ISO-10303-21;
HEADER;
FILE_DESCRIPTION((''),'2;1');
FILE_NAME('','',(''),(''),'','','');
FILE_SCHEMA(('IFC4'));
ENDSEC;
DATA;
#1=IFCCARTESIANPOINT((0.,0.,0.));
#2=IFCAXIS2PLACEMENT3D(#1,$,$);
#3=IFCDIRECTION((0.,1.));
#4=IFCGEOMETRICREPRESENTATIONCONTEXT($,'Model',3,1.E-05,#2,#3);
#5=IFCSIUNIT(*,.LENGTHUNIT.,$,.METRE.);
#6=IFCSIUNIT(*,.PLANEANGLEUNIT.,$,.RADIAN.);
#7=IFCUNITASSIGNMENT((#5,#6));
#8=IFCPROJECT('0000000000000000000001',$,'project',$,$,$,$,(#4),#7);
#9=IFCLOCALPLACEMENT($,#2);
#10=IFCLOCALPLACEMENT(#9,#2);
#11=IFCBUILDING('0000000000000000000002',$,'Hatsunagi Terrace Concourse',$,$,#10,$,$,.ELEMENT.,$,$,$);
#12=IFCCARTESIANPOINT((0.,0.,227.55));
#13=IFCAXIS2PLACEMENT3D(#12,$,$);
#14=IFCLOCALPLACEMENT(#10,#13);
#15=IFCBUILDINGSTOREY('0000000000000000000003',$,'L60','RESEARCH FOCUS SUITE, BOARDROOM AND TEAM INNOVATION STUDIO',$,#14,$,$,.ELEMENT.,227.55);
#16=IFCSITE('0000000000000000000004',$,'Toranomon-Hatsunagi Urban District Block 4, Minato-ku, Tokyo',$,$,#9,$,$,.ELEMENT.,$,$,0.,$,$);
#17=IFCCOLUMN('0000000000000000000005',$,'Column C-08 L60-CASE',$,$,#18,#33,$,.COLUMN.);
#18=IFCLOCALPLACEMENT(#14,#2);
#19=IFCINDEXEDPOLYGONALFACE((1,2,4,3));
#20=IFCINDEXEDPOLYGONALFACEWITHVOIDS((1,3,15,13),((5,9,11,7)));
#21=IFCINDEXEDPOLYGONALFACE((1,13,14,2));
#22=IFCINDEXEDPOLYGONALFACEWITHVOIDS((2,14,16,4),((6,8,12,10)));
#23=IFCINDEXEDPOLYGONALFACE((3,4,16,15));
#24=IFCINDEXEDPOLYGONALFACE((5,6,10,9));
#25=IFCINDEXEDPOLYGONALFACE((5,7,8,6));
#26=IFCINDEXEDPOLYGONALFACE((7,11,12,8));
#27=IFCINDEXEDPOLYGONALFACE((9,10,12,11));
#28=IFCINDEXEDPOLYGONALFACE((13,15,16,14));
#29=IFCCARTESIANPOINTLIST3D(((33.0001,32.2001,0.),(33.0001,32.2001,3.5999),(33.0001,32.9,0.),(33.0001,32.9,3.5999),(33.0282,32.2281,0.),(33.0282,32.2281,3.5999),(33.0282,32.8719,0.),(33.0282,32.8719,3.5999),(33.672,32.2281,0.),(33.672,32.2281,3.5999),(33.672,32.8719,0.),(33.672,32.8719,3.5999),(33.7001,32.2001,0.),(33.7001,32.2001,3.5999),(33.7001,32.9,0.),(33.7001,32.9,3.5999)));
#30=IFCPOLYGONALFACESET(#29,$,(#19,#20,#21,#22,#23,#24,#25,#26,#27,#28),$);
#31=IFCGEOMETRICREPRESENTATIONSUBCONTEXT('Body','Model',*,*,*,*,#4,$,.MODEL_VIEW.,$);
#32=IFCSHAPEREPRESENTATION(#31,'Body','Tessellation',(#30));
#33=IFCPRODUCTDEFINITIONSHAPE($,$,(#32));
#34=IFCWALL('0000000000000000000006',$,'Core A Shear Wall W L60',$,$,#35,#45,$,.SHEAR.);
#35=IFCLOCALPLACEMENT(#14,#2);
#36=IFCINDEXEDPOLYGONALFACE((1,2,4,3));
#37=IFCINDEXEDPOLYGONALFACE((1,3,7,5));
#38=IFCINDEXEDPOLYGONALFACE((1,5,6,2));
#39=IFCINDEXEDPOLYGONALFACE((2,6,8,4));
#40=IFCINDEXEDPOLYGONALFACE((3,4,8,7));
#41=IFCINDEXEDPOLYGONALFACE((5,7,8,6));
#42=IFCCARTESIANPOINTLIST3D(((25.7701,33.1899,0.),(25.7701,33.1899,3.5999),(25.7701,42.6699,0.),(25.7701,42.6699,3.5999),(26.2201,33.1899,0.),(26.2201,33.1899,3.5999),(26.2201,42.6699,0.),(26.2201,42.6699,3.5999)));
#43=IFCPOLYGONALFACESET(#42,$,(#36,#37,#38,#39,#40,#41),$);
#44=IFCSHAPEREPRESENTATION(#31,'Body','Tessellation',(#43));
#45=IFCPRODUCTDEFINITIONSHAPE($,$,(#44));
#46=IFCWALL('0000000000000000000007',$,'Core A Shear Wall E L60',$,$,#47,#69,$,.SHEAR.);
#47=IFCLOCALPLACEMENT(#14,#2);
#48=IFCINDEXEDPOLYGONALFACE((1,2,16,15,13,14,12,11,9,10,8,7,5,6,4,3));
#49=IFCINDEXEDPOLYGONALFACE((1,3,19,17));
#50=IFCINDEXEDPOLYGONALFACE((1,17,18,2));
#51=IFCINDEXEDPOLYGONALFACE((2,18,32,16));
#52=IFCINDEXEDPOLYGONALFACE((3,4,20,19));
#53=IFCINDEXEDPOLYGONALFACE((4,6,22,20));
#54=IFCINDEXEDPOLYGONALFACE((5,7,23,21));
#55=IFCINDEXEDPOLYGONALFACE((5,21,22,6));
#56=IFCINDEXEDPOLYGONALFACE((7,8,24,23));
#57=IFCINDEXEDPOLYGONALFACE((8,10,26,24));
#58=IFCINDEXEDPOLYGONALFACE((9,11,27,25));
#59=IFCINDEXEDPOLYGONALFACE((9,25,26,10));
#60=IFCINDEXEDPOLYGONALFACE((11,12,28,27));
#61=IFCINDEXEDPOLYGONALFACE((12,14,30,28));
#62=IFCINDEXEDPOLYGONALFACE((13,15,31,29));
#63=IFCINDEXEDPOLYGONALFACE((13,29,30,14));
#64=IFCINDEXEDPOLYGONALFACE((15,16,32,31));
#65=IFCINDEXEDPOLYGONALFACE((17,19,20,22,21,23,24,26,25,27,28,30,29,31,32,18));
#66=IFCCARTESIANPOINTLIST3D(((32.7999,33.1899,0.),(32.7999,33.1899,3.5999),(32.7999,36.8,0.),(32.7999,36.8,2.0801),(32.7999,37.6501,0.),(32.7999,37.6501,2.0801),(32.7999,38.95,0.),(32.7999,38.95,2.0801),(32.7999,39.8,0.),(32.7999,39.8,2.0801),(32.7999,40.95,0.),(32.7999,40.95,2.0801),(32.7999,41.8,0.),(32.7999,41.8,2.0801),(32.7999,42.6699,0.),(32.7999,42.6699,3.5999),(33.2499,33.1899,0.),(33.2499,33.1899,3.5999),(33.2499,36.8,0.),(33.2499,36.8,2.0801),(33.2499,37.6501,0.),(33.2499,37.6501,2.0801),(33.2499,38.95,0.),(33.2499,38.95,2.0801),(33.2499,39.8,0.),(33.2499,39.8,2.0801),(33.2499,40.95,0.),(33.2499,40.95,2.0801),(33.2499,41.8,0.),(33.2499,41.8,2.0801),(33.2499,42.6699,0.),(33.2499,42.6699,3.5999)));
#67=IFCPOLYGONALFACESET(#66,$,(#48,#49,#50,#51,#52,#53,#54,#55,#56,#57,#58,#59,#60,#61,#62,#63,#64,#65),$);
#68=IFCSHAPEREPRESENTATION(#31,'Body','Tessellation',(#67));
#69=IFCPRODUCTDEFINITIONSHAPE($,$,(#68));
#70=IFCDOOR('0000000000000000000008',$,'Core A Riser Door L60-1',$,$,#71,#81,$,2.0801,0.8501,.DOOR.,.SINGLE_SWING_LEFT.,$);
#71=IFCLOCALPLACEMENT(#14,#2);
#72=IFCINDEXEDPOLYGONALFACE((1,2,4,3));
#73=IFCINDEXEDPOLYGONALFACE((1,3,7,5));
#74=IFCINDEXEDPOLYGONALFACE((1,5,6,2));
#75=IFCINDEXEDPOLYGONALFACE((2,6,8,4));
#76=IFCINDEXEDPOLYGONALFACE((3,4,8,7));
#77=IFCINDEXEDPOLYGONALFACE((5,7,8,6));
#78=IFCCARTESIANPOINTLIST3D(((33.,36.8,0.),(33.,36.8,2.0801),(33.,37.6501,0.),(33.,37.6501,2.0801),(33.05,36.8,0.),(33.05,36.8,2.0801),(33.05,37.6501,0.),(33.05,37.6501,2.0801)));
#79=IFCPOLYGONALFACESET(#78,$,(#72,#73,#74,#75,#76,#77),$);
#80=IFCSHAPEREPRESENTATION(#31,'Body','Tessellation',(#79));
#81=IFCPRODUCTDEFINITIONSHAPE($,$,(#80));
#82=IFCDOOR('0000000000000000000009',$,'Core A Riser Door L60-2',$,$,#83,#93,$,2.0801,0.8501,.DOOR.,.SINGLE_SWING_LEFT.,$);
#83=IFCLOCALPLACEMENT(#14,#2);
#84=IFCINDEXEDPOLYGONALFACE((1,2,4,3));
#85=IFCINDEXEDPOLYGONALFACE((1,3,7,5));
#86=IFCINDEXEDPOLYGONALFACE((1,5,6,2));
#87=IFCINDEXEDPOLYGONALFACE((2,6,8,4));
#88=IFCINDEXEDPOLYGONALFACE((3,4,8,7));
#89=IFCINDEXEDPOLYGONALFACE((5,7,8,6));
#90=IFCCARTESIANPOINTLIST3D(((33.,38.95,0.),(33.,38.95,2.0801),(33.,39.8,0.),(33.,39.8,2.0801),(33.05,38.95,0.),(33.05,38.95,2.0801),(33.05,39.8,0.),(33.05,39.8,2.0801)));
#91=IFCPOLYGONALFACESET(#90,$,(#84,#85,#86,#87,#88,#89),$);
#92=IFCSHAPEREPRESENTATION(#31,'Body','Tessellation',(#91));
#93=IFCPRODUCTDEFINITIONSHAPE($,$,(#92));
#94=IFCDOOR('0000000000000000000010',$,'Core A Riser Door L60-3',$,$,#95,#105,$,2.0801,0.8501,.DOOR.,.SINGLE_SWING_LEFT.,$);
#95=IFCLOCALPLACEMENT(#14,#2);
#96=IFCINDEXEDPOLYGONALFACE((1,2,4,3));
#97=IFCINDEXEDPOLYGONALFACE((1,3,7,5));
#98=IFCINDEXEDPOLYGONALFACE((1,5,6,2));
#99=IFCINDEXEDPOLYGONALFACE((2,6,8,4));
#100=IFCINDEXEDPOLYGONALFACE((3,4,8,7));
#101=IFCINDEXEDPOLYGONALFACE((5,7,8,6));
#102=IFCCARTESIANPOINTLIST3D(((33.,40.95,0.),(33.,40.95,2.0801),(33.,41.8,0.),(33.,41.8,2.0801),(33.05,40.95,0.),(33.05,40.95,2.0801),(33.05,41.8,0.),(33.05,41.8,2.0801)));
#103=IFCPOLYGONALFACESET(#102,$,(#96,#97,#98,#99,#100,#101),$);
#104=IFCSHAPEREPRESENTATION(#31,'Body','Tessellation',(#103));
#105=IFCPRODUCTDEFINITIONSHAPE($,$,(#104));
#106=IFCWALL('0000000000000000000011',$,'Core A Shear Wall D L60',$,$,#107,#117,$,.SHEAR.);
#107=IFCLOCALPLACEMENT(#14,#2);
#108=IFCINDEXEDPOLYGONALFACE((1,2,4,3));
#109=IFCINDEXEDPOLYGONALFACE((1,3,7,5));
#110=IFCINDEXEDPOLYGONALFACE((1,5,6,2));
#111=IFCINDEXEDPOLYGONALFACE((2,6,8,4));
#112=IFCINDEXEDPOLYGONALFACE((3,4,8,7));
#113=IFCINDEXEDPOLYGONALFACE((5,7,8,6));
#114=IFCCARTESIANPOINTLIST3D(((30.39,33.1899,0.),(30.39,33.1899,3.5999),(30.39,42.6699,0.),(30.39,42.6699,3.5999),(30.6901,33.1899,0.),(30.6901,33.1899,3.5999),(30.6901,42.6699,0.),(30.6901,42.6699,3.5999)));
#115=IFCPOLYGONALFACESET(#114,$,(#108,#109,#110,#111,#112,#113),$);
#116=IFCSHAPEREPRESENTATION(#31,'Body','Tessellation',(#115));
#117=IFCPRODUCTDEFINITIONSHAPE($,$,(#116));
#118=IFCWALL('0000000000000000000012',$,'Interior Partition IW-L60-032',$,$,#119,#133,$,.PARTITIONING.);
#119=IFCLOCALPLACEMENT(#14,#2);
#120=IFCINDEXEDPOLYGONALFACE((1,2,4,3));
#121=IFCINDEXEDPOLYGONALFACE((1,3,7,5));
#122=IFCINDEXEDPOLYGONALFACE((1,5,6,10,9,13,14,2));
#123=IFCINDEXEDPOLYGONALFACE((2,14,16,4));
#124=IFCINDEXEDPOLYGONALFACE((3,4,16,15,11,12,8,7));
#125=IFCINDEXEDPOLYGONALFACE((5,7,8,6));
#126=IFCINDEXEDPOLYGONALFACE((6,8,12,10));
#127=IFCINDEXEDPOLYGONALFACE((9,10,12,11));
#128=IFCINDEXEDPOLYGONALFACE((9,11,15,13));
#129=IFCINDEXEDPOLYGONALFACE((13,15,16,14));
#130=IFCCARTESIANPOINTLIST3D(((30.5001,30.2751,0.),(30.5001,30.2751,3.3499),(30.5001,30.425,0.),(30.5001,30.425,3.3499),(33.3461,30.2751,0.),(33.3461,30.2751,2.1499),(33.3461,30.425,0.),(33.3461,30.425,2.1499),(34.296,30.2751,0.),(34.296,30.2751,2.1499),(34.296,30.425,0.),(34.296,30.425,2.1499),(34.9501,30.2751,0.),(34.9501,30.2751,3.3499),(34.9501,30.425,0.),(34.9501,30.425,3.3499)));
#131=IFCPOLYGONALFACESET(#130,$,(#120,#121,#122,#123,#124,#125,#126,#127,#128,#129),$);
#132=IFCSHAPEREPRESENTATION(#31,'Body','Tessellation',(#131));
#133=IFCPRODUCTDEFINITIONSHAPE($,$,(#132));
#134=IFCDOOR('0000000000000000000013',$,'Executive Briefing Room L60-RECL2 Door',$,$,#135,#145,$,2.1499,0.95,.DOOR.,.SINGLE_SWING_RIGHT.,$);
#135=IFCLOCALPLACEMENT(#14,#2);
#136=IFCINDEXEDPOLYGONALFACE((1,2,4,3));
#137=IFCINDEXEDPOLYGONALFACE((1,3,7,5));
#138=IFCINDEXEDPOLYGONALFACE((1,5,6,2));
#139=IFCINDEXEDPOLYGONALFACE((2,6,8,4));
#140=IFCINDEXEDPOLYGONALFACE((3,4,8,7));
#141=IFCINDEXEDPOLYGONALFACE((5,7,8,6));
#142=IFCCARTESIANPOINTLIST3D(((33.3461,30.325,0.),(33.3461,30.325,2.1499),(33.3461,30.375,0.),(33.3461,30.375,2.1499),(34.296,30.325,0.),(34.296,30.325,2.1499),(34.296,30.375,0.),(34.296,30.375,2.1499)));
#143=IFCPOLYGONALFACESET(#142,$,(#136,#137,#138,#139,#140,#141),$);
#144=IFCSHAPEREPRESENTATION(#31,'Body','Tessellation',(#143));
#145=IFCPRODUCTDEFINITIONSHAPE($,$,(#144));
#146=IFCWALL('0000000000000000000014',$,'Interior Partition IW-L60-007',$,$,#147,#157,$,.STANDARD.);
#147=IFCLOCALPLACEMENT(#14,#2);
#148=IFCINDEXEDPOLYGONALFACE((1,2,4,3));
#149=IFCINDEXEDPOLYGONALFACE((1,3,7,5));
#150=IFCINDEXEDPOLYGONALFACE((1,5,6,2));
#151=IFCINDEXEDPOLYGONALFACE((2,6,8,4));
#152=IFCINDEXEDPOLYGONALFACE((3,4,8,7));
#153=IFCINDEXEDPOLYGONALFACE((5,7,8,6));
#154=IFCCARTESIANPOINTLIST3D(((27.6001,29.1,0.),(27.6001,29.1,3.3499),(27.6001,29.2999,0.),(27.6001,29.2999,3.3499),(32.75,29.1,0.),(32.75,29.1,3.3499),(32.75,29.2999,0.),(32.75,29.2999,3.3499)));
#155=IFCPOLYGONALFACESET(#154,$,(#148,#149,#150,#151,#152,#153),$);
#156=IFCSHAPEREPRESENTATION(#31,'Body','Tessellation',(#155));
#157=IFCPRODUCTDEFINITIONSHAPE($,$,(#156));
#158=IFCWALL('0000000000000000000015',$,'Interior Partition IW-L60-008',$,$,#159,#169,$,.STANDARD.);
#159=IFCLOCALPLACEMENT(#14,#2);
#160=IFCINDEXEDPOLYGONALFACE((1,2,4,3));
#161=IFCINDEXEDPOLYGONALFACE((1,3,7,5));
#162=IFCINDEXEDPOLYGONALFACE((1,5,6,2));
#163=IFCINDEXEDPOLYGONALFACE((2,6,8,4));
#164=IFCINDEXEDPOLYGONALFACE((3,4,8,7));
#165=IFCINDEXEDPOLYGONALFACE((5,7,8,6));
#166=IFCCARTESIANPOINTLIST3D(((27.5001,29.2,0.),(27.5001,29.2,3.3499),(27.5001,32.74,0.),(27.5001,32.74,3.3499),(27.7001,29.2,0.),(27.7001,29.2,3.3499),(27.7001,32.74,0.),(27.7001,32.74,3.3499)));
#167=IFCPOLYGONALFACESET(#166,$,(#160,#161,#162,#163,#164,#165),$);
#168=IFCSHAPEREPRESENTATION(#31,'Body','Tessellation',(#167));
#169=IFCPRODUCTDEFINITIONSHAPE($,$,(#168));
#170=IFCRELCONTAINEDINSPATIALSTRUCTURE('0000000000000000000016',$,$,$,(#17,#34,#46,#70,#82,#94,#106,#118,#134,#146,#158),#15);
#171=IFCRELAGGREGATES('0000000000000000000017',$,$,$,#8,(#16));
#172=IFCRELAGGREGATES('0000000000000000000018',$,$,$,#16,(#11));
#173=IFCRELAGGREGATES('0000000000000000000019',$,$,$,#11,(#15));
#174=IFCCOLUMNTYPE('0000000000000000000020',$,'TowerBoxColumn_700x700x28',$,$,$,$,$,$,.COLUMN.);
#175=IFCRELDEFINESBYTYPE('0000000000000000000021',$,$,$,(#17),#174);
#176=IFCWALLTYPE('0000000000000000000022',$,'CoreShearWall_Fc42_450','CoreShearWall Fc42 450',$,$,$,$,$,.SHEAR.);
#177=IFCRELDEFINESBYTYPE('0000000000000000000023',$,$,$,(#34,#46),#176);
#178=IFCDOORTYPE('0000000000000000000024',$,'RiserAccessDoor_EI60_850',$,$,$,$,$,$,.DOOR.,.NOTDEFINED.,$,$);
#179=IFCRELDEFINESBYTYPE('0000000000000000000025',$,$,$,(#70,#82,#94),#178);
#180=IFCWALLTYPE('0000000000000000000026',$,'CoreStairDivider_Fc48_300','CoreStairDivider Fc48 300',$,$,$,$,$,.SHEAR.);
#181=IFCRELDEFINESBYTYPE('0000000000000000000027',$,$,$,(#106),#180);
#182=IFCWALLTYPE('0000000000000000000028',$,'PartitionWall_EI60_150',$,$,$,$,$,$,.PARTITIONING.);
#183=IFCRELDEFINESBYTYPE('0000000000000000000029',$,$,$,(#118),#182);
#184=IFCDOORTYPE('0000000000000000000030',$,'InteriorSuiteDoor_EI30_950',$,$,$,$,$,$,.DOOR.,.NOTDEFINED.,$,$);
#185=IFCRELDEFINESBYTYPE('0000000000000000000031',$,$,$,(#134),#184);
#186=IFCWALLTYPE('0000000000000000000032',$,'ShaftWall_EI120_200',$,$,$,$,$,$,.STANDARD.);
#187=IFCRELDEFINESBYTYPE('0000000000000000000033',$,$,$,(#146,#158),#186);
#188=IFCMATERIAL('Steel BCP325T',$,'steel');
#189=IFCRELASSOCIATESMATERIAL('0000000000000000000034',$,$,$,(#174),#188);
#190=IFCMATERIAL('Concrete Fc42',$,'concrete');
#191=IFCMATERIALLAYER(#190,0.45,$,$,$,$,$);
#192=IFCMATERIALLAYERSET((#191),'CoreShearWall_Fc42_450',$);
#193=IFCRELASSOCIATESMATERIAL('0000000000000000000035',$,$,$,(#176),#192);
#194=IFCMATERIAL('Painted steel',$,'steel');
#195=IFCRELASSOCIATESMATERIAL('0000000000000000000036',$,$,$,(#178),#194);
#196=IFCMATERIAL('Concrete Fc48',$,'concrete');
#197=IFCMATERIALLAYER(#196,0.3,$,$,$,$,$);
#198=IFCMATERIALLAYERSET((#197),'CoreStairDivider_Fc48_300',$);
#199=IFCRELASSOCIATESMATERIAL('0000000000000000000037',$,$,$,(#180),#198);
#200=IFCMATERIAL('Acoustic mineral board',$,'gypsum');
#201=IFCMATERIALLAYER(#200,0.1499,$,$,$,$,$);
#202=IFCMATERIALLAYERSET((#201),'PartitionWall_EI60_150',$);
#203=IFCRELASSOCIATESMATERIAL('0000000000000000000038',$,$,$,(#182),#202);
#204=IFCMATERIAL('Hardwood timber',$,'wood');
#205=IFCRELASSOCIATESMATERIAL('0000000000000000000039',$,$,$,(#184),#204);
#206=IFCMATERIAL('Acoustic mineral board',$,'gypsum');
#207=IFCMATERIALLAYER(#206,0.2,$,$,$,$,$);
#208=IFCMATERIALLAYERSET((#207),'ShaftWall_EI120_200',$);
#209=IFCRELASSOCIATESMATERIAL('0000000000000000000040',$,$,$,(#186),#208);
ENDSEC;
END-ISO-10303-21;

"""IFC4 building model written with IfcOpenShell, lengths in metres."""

from ifc_helpers import new_model, si_unit, direction, frame, frame_2d, origin, origin_2d, place, context, subcontext, project, spatial, rectangle, hollow_rectangle, extrude, material, layer, layer_set, material_profile, profile_set, type_object, element, fill, save


model = new_model("IFC4")

# Units and contexts
model_context = context("Model", 3, precision=1e-05, world=origin(), true_north=direction((0.0, 1.0)))
body_context = subcontext(model_context, "Body", "Model", "MODEL_VIEW")
ifc_project = project(units=[si_unit("LENGTHUNIT", "METRE"), si_unit("PLANEANGLEUNIT", "RADIAN")], contexts=[model_context])

# Site, building, storey
site_placement = place(None, origin())
site = spatial("IfcSite", under=ifc_project, at=site_placement, Name="Toranomon-Hatsunagi Urban District Block 4, Minato-ku, Tokyo", CompositionType="ELEMENT", RefElevation=0.0)
building_placement = place(site_placement, origin())
building = spatial("IfcBuilding", under=site, at=building_placement, Name="Hatsunagi Terrace Concourse", CompositionType="ELEMENT")
storey_placement = place(building_placement, frame((0.0, 0.0, 227.55)))
storey = spatial("IfcBuildingStorey", under=building, at=storey_placement, Name="L60", Description="RESEARCH FOCUS SUITE, BOARDROOM AND TEAM INNOVATION STUDIO", CompositionType="ELEMENT", Elevation=227.55)

# Column
ifc_material_1 = material(Name="Steel BCP325T", Category="steel")
ifc_material_profile = material_profile(ifc_material_1, hollow_rectangle(XDim=0.7, YDim=0.7, WallThickness=0.0281, at=origin_2d()), Name="BCP-700x700x28")
ifc_profile_set = profile_set([ifc_material_profile], Name="Steel BCP325T")
column_type = type_object("IfcColumnType", Name="TowerBoxColumn_700x700x28", PredefinedType="COLUMN", material=ifc_profile_set)
column_placement = place(storey_placement, frame((33.3501, 32.55, 0.0), z_axis=(0.0, 0.0, 1.0), x_axis=(1.0, 0.0, 0.0)))
element("IfcColumn", 1, at=column_placement, inside=storey, type_object=column_type, Name="Column C-08 L60-CASE", PredefinedType="COLUMN", context=body_context, shape_type="SweptSolid", body=[
    extrude(hollow_rectangle(XDim=0.7, YDim=0.7, WallThickness=0.0281, at=origin_2d()), origin(), (0.0, 0.0, 1.0), 3.5999),
])

# Shared definitions
ifc_material_2 = material(Name="Concrete Fc42", Category="concrete")
ifc_layer_1 = layer(ifc_material_2, 0.45)
ifc_layer_set_1 = layer_set([ifc_layer_1], Name="CoreShearWall_Fc42_450")
wall_type_1 = type_object("IfcWallType", Name="CoreShearWall_Fc42_450", Description="CoreShearWall Fc42 450", PredefinedType="SHEAR", material=ifc_layer_set_1)

# Wall
wall_1_placement = place(storey_placement, frame((25.9951, 33.1899, 0.0), z_axis=(0.0, 0.0, 1.0), x_axis=(0.0, 1.0, 0.0)))
element("IfcWall", 2, at=wall_1_placement, inside=storey, type_object=wall_type_1, Name="Core A Shear Wall W L60", PredefinedType="SHEAR", context=body_context, shape_type="SweptSolid", body=[
    extrude(rectangle(XDim=9.48, YDim=0.45, at=frame_2d((4.74, 0.0))), origin(), (0.0, 0.0, 1.0), 3.5999),
])

# Wall, openings, doors
wall_2_placement = place(storey_placement, frame((33.0249, 33.1899, 0.0), z_axis=(0.0, 0.0, 1.0), x_axis=(0.0, 1.0, 0.0)))
wall_2 = element("IfcWall", 3, at=wall_2_placement, inside=storey, type_object=wall_type_1, Name="Core A Shear Wall E L60", PredefinedType="SHEAR", context=body_context, shape_type="SweptSolid", body=[
    extrude(rectangle(XDim=9.48, YDim=0.45, at=frame_2d((4.74, 0.0))), origin(), (0.0, 0.0, 1.0), 3.5999),
])
opening_1_placement = place(wall_2_placement, frame((3.6101, 0.0, 0.0)))
opening_1 = element("IfcOpeningElement", 4, at=opening_1_placement, cuts=wall_2, PredefinedType="OPENING", context=body_context, shape_type="SweptSolid", body=[
    extrude(rectangle(XDim=0.8501, YDim=2.0801, at=frame_2d((0.425, 1.04))), frame((0.0, 0.2349, 0.0), z_axis=(0.0, -1.0, 0.0), x_axis=(1.0, 0.0, 0.0)), (0.0, 0.0, 1.0), 0.47),
])
opening_2_placement = place(wall_2_placement, frame((5.76, 0.0, 0.0)))
opening_2 = element("IfcOpeningElement", 5, at=opening_2_placement, cuts=wall_2, PredefinedType="OPENING", context=body_context, shape_type="SweptSolid", body=[
    extrude(rectangle(XDim=0.8501, YDim=2.0801, at=frame_2d((0.425, 1.04))), frame((0.0, 0.2349, 0.0), z_axis=(0.0, -1.0, 0.0), x_axis=(1.0, 0.0, 0.0)), (0.0, 0.0, 1.0), 0.47),
])
opening_3_placement = place(wall_2_placement, frame((7.76, 0.0, 0.0)))
opening_3 = element("IfcOpeningElement", 6, at=opening_3_placement, cuts=wall_2, PredefinedType="OPENING", context=body_context, shape_type="SweptSolid", body=[
    extrude(rectangle(XDim=0.8501, YDim=2.0801, at=frame_2d((0.425, 1.04))), frame((0.0, 0.2349, 0.0), z_axis=(0.0, -1.0, 0.0), x_axis=(1.0, 0.0, 0.0)), (0.0, 0.0, 1.0), 0.47),
])
ifc_material_3 = material(Name="Painted steel", Category="steel")
door_type_1 = type_object("IfcDoorType", Name="RiserAccessDoor_EI60_850", OperationType="NOTDEFINED", PredefinedType="DOOR", material=ifc_material_3)
door_1_placement = place(opening_1_placement, origin())
door_1 = element("IfcDoor", 7, at=door_1_placement, inside=storey, type_object=door_type_1, Name="Core A Riser Door L60-1", OperationType="SINGLE_SWING_LEFT", OverallHeight=2.0801, OverallWidth=0.8501, PredefinedType="DOOR", context=body_context, shape_type="SweptSolid", body=[
    extrude(rectangle(XDim=0.8501, YDim=2.0801, at=frame_2d((0.425, 1.04))), frame((0.0, 0.0249, 0.0), z_axis=(0.0, -1.0, 0.0), x_axis=(1.0, 0.0, 0.0)), (0.0, 0.0, 1.0), 0.05),
])
fill(opening_1, door_1)
door_2_placement = place(opening_2_placement, origin())
door_2 = element("IfcDoor", 8, at=door_2_placement, inside=storey, type_object=door_type_1, Name="Core A Riser Door L60-2", OperationType="SINGLE_SWING_LEFT", OverallHeight=2.0801, OverallWidth=0.8501, PredefinedType="DOOR", context=body_context, shape_type="SweptSolid", body=[
    extrude(rectangle(XDim=0.8501, YDim=2.0801, at=frame_2d((0.425, 1.04))), frame((0.0, 0.0249, 0.0), z_axis=(0.0, -1.0, 0.0), x_axis=(1.0, 0.0, 0.0)), (0.0, 0.0, 1.0), 0.05),
])
fill(opening_2, door_2)
door_3_placement = place(opening_3_placement, origin())
door_3 = element("IfcDoor", 9, at=door_3_placement, inside=storey, type_object=door_type_1, Name="Core A Riser Door L60-3", OperationType="SINGLE_SWING_LEFT", OverallHeight=2.0801, OverallWidth=0.8501, PredefinedType="DOOR", context=body_context, shape_type="SweptSolid", body=[
    extrude(rectangle(XDim=0.8501, YDim=2.0801, at=frame_2d((0.425, 1.04))), frame((0.0, 0.0249, 0.0), z_axis=(0.0, -1.0, 0.0), x_axis=(1.0, 0.0, 0.0)), (0.0, 0.0, 1.0), 0.05),
])
fill(opening_3, door_3)

# Wall
ifc_material_4 = material(Name="Concrete Fc48", Category="concrete")
ifc_layer_2 = layer(ifc_material_4, 0.3)
ifc_layer_set_2 = layer_set([ifc_layer_2], Name="CoreStairDivider_Fc48_300")
wall_type_2 = type_object("IfcWallType", Name="CoreStairDivider_Fc48_300", Description="CoreStairDivider Fc48 300", PredefinedType="SHEAR", material=ifc_layer_set_2)
wall_3_placement = place(storey_placement, frame((30.54, 33.1899, 0.0), z_axis=(0.0, 0.0, 1.0), x_axis=(0.0, 1.0, 0.0)))
element("IfcWall", 10, at=wall_3_placement, inside=storey, type_object=wall_type_2, Name="Core A Shear Wall D L60", PredefinedType="SHEAR", context=body_context, shape_type="SweptSolid", body=[
    extrude(rectangle(XDim=9.48, YDim=0.3, at=frame_2d((4.74, 0.0))), origin(), (0.0, 0.0, 1.0), 3.5999),
])

# Wall, opening, door
ifc_material_5 = material(Name="Acoustic mineral board", Category="gypsum")
ifc_layer_3 = layer(ifc_material_5, 0.1499)
ifc_layer_set_3 = layer_set([ifc_layer_3], Name="PartitionWall_EI60_150")
wall_type_3 = type_object("IfcWallType", Name="PartitionWall_EI60_150", PredefinedType="PARTITIONING", material=ifc_layer_set_3)
wall_4_placement = place(storey_placement, frame((30.5, 30.3501, 0.0), z_axis=(0.0, 0.0, 1.0), x_axis=(1.0, 0.0, 0.0)))
wall_4 = element("IfcWall", 11, at=wall_4_placement, inside=storey, type_object=wall_type_3, Name="Interior Partition IW-L60-032", PredefinedType="PARTITIONING", context=body_context, shape_type="SweptSolid", body=[
    extrude(rectangle(XDim=4.45, YDim=0.1499, at=frame_2d((2.2251, 0.0))), origin(), (0.0, 0.0, 1.0), 3.3499),
])
opening_4_placement = place(wall_4_placement, frame((2.8459, 0.0, 0.0)))
opening_4 = element("IfcOpeningElement", 12, at=opening_4_placement, cuts=wall_4, PredefinedType="OPENING", context=body_context, shape_type="SweptSolid", body=[
    extrude(rectangle(XDim=0.95, YDim=2.1499, at=frame_2d((0.4751, 1.075))), frame((0.0, 0.085, 0.0), z_axis=(0.0, -1.0, 0.0), x_axis=(1.0, 0.0, 0.0)), (0.0, 0.0, 1.0), 0.1699),
])
ifc_material_6 = material(Name="Hardwood timber", Category="wood")
door_type_2 = type_object("IfcDoorType", Name="InteriorSuiteDoor_EI30_950", OperationType="NOTDEFINED", PredefinedType="DOOR", material=ifc_material_6)
door_4_placement = place(opening_4_placement, origin())
door_4 = element("IfcDoor", 13, at=door_4_placement, inside=storey, type_object=door_type_2, Name="Executive Briefing Room L60-RECL2 Door", OperationType="SINGLE_SWING_RIGHT", OverallHeight=2.1499, OverallWidth=0.95, PredefinedType="DOOR", context=body_context, shape_type="SweptSolid", body=[
    extrude(rectangle(XDim=0.95, YDim=2.1499, at=frame_2d((0.4751, 1.075))), frame((0.0, 0.0249, 0.0), z_axis=(0.0, -1.0, 0.0), x_axis=(1.0, 0.0, 0.0)), (0.0, 0.0, 1.0), 0.05),
])
fill(opening_4, door_4)

# Walls
ifc_material_7 = material(Name="Acoustic mineral board", Category="gypsum")
ifc_layer_4 = layer(ifc_material_7, 0.2)
ifc_layer_set_4 = layer_set([ifc_layer_4], Name="ShaftWall_EI120_200")
wall_type_4 = type_object("IfcWallType", Name="ShaftWall_EI120_200", PredefinedType="STANDARD", material=ifc_layer_set_4)
wall_5_placement = place(storey_placement, frame((27.6001, 29.2, 0.0), z_axis=(0.0, 0.0, 1.0), x_axis=(1.0, 0.0, 0.0)))
element("IfcWall", 14, at=wall_5_placement, inside=storey, type_object=wall_type_4, Name="Interior Partition IW-L60-007", PredefinedType="STANDARD", context=body_context, shape_type="SweptSolid", body=[
    extrude(rectangle(XDim=5.1499, YDim=0.2, at=frame_2d((2.575, 0.0))), origin(), (0.0, 0.0, 1.0), 3.3499),
])
wall_6_placement = place(storey_placement, frame((27.6001, 29.2, 0.0), z_axis=(0.0, 0.0, 1.0), x_axis=(0.0, 1.0, 0.0)))
element("IfcWall", 15, at=wall_6_placement, inside=storey, type_object=wall_type_4, Name="Interior Partition IW-L60-008", PredefinedType="STANDARD", context=body_context, shape_type="SweptSolid", body=[
    extrude(rectangle(XDim=3.54, YDim=0.2, at=frame_2d((1.77, 0.0))), origin(), (0.0, 0.0, 1.0), 3.3499),
])

save(model, "model.ifc")
